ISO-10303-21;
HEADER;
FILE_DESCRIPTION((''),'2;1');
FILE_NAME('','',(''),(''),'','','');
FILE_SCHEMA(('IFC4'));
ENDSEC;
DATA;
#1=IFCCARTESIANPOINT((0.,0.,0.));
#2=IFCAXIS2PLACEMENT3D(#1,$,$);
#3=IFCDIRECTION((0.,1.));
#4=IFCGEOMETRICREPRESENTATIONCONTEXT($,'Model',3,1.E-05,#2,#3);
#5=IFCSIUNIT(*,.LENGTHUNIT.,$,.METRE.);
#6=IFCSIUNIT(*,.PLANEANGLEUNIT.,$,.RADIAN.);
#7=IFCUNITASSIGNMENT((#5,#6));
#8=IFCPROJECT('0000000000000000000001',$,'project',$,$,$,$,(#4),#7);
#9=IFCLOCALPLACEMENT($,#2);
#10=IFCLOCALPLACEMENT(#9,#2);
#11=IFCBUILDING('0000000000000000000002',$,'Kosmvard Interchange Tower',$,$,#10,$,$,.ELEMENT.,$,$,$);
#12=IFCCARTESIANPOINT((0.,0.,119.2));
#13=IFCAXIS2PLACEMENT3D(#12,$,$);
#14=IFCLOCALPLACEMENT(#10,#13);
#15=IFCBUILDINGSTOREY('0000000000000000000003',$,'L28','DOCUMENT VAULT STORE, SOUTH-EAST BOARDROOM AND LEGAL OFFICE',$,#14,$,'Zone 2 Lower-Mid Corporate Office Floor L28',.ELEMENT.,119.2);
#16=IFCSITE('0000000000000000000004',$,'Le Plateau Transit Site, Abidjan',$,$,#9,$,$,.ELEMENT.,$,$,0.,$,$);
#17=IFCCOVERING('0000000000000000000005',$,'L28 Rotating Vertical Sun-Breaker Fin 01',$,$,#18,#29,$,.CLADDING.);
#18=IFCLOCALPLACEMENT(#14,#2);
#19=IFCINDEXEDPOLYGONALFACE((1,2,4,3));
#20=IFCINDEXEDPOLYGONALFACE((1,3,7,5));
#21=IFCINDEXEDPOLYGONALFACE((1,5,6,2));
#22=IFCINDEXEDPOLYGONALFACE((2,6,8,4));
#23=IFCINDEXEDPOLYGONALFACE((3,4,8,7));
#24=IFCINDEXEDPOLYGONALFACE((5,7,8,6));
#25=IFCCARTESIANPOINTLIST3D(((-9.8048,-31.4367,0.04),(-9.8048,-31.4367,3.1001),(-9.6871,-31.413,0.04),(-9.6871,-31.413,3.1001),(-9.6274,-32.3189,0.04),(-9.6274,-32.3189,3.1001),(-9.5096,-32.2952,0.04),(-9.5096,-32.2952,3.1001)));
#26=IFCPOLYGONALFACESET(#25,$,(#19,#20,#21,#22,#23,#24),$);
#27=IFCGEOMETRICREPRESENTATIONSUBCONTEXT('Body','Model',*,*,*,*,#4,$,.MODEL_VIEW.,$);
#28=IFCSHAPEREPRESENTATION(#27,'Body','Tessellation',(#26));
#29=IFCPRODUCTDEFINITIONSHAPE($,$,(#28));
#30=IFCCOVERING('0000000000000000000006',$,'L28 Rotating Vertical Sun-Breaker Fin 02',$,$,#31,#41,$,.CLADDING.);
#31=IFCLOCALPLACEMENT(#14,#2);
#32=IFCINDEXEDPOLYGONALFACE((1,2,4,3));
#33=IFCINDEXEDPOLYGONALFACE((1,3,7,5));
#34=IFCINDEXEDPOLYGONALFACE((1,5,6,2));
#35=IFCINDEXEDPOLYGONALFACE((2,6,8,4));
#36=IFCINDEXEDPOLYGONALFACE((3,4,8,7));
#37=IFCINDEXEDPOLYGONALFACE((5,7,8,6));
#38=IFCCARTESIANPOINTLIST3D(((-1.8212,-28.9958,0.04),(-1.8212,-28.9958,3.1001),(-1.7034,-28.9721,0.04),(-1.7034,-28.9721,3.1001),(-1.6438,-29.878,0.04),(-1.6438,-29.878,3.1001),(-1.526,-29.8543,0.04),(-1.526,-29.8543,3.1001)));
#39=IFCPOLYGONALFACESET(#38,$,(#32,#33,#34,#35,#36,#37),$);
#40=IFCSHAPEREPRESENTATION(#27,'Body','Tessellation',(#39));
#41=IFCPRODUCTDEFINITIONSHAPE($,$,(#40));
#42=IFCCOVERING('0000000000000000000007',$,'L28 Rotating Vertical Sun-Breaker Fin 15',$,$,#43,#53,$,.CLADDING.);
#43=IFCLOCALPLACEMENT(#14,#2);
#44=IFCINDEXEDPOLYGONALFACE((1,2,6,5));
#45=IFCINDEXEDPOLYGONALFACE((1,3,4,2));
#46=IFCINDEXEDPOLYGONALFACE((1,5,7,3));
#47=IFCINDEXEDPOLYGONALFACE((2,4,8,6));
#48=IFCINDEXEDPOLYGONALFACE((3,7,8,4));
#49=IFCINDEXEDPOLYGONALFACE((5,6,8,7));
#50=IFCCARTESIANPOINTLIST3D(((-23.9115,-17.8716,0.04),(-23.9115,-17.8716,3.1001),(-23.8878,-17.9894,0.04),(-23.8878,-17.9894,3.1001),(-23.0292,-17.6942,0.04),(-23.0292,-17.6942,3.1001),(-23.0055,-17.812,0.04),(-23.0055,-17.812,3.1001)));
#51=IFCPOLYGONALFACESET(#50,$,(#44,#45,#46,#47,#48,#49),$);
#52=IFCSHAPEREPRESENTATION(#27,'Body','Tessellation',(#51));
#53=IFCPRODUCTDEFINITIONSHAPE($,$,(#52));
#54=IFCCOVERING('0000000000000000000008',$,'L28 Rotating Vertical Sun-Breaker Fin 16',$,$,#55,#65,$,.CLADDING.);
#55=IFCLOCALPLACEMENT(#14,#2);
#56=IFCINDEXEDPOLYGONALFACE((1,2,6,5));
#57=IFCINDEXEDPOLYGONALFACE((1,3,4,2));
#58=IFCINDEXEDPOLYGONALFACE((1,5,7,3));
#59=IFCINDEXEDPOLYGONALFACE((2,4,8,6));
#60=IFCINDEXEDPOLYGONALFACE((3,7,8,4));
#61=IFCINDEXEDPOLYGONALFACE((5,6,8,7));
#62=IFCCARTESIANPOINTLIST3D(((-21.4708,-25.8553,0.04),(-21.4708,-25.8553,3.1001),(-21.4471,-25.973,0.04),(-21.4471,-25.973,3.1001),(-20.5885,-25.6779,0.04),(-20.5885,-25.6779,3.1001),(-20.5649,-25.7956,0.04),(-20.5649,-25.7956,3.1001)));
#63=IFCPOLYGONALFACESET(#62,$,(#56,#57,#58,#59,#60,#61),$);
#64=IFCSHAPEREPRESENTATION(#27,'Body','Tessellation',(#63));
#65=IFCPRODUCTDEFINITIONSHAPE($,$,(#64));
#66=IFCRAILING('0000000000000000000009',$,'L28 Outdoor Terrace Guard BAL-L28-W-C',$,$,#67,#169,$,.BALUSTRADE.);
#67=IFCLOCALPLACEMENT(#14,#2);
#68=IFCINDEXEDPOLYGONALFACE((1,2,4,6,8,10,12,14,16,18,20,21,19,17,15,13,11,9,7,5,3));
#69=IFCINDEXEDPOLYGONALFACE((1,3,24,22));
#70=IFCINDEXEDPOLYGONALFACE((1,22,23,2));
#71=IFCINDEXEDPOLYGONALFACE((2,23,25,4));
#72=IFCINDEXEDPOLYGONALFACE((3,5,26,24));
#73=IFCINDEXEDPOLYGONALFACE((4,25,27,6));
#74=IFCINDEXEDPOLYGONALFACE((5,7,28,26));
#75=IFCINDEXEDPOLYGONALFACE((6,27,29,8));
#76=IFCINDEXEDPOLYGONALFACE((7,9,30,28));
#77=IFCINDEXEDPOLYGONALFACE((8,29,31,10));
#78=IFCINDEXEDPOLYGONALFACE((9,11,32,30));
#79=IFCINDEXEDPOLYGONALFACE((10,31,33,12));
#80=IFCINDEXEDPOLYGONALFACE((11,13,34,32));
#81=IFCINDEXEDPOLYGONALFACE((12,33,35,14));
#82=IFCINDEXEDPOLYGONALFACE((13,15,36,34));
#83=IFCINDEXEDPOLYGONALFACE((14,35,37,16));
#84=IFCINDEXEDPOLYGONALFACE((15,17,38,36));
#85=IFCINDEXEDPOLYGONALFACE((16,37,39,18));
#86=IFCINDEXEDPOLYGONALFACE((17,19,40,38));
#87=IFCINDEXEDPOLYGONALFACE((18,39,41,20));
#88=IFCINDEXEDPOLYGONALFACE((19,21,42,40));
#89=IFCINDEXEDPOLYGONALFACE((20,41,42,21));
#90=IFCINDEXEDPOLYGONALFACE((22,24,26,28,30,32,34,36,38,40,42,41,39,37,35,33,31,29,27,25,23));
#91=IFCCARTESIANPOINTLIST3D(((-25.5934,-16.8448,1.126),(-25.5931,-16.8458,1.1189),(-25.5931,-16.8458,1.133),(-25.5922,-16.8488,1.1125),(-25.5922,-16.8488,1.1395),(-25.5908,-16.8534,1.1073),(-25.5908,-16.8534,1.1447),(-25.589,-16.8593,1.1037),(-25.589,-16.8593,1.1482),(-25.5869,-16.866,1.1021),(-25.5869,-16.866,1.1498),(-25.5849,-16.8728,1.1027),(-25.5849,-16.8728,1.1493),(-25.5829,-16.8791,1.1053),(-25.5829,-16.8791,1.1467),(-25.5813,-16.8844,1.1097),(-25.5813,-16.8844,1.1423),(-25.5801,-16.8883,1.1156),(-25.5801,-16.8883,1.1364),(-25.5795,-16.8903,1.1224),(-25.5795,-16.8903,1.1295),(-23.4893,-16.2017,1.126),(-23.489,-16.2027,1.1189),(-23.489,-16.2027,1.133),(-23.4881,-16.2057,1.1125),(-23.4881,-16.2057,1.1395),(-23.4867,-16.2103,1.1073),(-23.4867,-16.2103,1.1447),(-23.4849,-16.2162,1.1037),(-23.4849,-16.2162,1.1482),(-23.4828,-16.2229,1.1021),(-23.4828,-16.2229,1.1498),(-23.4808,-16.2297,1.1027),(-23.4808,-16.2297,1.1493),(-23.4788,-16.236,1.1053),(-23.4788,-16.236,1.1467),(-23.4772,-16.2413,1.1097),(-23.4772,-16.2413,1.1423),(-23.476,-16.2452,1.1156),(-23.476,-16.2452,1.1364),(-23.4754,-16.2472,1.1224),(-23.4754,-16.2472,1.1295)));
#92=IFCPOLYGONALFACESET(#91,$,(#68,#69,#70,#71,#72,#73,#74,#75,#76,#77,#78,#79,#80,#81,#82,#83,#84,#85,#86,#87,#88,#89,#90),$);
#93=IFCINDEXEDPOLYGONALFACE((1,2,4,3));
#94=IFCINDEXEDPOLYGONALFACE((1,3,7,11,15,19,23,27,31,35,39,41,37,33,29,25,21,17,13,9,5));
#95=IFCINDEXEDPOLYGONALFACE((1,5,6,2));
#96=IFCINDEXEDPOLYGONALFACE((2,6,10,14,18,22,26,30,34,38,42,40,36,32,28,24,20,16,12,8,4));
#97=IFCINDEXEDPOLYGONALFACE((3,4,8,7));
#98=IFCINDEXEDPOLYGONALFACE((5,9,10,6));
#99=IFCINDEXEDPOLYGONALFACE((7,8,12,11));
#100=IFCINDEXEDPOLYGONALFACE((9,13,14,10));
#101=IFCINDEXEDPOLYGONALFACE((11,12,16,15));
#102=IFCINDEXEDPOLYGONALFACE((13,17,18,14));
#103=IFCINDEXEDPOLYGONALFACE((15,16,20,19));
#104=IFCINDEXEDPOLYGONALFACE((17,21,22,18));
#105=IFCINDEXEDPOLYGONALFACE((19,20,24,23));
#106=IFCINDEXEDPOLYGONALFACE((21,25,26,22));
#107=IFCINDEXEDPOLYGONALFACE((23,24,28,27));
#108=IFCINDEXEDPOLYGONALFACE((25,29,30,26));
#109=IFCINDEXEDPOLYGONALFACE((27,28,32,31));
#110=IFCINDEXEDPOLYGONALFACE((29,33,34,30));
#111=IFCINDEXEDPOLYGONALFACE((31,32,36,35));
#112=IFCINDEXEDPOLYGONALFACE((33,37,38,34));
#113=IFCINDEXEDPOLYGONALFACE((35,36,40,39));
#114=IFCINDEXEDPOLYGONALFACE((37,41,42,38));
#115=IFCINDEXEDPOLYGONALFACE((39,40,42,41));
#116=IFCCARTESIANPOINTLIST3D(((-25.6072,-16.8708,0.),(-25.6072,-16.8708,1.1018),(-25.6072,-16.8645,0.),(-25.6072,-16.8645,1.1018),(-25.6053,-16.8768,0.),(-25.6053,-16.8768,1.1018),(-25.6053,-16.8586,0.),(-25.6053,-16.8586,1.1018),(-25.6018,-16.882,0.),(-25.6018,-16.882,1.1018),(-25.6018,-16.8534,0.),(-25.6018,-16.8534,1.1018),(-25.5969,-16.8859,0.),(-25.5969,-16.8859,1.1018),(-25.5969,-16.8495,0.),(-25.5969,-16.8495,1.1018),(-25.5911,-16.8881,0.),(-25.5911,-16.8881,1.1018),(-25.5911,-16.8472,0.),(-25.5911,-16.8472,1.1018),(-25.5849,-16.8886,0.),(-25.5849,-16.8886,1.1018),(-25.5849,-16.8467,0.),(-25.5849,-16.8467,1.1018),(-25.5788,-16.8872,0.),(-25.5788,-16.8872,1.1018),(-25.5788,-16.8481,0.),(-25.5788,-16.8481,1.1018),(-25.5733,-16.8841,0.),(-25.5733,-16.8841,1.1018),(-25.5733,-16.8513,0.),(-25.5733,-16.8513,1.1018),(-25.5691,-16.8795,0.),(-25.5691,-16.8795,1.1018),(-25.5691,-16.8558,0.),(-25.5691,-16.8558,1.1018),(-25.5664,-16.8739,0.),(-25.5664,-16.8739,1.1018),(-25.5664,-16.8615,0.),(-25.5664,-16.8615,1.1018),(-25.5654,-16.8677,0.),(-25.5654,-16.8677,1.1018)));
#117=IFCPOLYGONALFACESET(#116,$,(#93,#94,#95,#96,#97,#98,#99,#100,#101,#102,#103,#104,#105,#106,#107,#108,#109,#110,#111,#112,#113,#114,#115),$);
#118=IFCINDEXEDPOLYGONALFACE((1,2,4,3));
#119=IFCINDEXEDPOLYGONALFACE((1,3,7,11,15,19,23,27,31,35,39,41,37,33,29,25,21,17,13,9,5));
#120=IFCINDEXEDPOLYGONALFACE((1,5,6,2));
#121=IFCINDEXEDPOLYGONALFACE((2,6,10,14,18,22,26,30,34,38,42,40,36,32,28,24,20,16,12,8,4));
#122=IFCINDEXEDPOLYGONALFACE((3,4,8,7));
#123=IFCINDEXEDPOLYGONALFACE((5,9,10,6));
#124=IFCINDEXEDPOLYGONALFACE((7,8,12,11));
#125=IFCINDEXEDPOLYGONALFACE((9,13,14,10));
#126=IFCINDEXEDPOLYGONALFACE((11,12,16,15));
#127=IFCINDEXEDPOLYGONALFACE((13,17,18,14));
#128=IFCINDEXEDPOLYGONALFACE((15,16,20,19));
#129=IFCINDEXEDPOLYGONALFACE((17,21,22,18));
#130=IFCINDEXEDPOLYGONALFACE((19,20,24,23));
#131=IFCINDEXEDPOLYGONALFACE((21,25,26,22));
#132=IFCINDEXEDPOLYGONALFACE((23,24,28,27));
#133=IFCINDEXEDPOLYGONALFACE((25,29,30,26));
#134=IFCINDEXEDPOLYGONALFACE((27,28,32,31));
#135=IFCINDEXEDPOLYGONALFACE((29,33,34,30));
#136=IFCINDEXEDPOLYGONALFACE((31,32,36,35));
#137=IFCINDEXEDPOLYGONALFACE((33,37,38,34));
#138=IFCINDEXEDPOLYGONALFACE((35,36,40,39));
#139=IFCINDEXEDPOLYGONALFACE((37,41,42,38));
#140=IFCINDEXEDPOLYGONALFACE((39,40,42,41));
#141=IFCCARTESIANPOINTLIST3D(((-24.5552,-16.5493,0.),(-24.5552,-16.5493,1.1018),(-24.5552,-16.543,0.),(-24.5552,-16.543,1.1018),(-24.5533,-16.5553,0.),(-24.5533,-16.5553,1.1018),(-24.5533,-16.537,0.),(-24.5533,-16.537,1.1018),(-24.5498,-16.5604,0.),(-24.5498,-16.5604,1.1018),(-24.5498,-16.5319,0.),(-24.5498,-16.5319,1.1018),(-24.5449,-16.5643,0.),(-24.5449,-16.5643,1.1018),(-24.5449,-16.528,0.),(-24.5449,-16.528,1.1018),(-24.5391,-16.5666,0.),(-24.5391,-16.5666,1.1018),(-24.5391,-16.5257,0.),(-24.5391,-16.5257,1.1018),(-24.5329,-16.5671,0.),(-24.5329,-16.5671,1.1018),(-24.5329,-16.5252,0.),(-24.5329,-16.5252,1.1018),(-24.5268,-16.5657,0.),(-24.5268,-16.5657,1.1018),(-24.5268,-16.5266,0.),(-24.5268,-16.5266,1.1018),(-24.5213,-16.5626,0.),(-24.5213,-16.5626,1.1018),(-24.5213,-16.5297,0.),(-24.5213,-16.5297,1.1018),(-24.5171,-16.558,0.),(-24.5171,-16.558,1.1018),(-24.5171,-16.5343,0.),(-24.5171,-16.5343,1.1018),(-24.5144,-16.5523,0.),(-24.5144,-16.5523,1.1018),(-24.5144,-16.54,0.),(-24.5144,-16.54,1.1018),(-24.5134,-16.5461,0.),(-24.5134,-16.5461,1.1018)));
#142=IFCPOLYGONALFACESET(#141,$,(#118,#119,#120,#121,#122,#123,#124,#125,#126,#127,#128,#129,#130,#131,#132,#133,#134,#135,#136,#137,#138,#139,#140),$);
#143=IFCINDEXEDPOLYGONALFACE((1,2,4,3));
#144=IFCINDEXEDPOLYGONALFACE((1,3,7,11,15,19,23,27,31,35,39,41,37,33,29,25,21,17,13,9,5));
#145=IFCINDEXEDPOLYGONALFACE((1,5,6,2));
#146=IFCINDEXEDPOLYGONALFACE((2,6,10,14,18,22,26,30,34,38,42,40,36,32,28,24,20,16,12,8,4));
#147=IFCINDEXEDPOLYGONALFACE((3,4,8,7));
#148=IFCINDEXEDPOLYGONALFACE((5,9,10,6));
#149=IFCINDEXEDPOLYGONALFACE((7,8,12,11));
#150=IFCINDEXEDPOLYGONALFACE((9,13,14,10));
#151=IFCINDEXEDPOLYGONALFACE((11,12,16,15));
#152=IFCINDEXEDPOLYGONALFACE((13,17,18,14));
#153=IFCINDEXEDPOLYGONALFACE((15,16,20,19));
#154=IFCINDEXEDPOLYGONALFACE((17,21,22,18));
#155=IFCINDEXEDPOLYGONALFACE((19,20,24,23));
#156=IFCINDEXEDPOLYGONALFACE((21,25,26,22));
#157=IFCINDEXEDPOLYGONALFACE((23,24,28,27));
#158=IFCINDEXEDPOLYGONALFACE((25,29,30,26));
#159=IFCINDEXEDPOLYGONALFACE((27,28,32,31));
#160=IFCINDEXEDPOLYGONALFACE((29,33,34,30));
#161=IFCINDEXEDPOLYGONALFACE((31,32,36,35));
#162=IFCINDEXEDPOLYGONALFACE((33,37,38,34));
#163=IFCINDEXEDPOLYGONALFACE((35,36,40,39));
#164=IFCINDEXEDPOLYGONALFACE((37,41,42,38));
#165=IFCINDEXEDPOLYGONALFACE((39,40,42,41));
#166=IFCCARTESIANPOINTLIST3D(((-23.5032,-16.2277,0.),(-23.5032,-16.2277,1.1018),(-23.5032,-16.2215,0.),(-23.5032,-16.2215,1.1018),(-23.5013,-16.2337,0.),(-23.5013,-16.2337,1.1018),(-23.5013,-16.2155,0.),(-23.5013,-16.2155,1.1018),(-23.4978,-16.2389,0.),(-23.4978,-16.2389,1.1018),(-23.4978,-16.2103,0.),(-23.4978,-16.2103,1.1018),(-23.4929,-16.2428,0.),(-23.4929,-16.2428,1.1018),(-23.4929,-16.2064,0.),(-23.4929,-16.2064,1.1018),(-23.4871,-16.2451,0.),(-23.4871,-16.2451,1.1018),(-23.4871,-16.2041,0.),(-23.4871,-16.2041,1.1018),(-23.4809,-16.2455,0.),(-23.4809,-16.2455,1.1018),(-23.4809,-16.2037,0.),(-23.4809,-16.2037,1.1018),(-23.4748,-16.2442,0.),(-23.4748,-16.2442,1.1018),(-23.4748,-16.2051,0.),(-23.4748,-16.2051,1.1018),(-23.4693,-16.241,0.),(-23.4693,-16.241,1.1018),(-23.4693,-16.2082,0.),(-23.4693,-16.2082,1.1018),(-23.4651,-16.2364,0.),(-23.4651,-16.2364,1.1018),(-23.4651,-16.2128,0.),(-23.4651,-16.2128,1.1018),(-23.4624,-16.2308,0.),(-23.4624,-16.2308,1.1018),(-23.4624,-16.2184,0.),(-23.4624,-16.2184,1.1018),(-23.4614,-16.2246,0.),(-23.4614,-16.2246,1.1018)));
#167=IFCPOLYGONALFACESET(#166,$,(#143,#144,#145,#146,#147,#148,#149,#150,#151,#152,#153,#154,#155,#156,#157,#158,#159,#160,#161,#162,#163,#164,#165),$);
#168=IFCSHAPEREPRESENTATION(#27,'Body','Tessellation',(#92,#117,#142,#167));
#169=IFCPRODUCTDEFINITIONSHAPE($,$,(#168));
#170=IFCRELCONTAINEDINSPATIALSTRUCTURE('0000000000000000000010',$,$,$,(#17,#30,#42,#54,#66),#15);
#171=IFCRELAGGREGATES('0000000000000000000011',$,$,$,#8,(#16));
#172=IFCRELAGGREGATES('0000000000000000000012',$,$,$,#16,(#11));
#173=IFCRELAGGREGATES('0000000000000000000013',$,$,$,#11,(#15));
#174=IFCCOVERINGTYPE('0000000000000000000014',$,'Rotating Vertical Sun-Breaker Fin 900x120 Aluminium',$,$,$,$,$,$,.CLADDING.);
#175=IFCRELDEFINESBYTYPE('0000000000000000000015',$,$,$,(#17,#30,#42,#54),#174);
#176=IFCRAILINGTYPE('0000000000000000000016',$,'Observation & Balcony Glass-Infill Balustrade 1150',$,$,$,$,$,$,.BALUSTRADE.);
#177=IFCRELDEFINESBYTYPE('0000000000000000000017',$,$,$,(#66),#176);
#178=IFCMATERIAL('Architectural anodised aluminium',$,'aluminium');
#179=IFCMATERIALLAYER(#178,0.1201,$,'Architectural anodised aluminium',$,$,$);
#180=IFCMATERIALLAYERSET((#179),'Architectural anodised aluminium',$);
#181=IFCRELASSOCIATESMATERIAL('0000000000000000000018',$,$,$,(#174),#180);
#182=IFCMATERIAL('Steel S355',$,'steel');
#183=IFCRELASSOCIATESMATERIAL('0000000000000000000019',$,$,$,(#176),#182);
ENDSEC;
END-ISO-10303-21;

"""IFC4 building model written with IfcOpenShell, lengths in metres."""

from ifc_helpers import new_model, si_unit, direction, frame, origin, origin_2d, place, context, subcontext, project, spatial, rectangle, circle, extrude, source, transform, mapped, material, layer, layer_set, type_object, element, save


model = new_model("IFC4")

# Units and contexts
model_context = context("Model", 3, precision=1e-05, world=origin(), true_north=direction((0.0, 1.0)))
body_context = subcontext(model_context, "Body", "Model", "MODEL_VIEW")
ifc_project = project(units=[si_unit("LENGTHUNIT", "METRE"), si_unit("PLANEANGLEUNIT", "RADIAN")], contexts=[model_context])

# Site, building, storey
site_placement = place(None, origin())
site = spatial("IfcSite", under=ifc_project, at=site_placement, Name="Le Plateau Transit Site, Abidjan", CompositionType="ELEMENT", RefElevation=0.0)
building_placement = place(site_placement, origin())
building = spatial("IfcBuilding", under=site, at=building_placement, Name="Kosmvard Interchange Tower", CompositionType="ELEMENT")
storey_placement = place(building_placement, frame((0.0, 0.0, 119.2)))
storey = spatial("IfcBuildingStorey", under=building, at=storey_placement, Name="L28", Description="DOCUMENT VAULT STORE, SOUTH-EAST BOARDROOM AND LEGAL OFFICE", LongName="Zone 2 Lower-Mid Corporate Office Floor L28", CompositionType="ELEMENT", Elevation=119.2)

# Shared definitions
ifc_material_1 = material(Name="Steel S355", Category="steel")

# Coverings
ifc_material_2 = material(Name="Architectural anodised aluminium", Category="aluminium")
ifc_layer_1 = layer(ifc_material_2, 0.1201, Name="Architectural anodised aluminium")
ifc_layer_set_1 = layer_set([ifc_layer_1], Name="Architectural anodised aluminium")
covering_type = type_object("IfcCoveringType", Name="Rotating Vertical Sun-Breaker Fin 900x120 Aluminium", PredefinedType="CLADDING", material=ifc_layer_set_1)
shared_shape_1 = source(origin(), body_context, "Body", "SweptSolid", [
    extrude(rectangle(XDim=0.8999, YDim=0.1201, at=origin_2d()), origin(), (0.0, 0.0, 1.0), 3.0601),
])
for number, where, z_axis, x_axis, name in (
    (1, (-9.6572, -31.866, 0.04), (0.0, 0.0, 1.0), (0.197144, -0.980375, 0.0), "L28 Rotating Vertical Sun-Breaker Fin 01"),
    (2, (-1.6736, -29.425, 0.04), (0.0, 0.0, 1.0), (0.197144, -0.980375, 0.0), "L28 Rotating Vertical Sun-Breaker Fin 02"),
    (3, (-23.4585, -17.8418, 0.04), (0.0, 0.0, 1.0), (-0.980375, -0.197144, 0.0), "L28 Rotating Vertical Sun-Breaker Fin 15"),
    (4, (-21.0178, -25.8254, 0.04), (0.0, 0.0, 1.0), (-0.980375, -0.197144, 0.0), "L28 Rotating Vertical Sun-Breaker Fin 16"),
):
    element("IfcCovering", number, at=place(storey_placement, frame(where, z_axis=z_axis, x_axis=x_axis)), inside=storey, type_object=covering_type, Name=name, PredefinedType="CLADDING", context=body_context, shape_type="MappedRepresentation", body=[
        mapped(shared_shape_1, transform((0.0, 0.0, 0.0), scale=1.0)),
    ])

# Railing
railing_type = type_object("IfcRailingType", Name="Observation & Balcony Glass-Infill Balustrade 1150", PredefinedType="BALUSTRADE", material=ifc_material_1)
shared_shape_2 = source(origin(), body_context, "Body", "SweptSolid", [
    extrude(circle(Radius=0.0239, at=origin_2d()), frame((0.0, 0.0, 1.126), z_axis=(0.956329, 0.292292, 0.0), x_axis=(-0.292292, 0.956329, 0.0)), (0.0, 0.0, 1.0), 2.2002),
    extrude(circle(Radius=0.021, at=origin_2d()), origin(), (0.0, 0.0, 1.0), 1.1018),
    extrude(circle(Radius=0.021, at=origin_2d()), frame((1.052, 0.3215, 0.0)), (0.0, 0.0, 1.0), 1.1018),
    extrude(circle(Radius=0.021, at=origin_2d()), frame((2.104, 0.6431, 0.0)), (0.0, 0.0, 1.0), 1.1018),
])
railing_placement = place(storey_placement, frame((-25.5864, -16.8677, 0.0)))
element("IfcRailing", 5, at=railing_placement, inside=storey, type_object=railing_type, Name="L28 Outdoor Terrace Guard BAL-L28-W-C", PredefinedType="BALUSTRADE", context=body_context, shape_type="MappedRepresentation", body=[
    mapped(shared_shape_2, transform((0.0, 0.0, 0.0), scale=1.0)),
])

save(model, "model.ifc")
